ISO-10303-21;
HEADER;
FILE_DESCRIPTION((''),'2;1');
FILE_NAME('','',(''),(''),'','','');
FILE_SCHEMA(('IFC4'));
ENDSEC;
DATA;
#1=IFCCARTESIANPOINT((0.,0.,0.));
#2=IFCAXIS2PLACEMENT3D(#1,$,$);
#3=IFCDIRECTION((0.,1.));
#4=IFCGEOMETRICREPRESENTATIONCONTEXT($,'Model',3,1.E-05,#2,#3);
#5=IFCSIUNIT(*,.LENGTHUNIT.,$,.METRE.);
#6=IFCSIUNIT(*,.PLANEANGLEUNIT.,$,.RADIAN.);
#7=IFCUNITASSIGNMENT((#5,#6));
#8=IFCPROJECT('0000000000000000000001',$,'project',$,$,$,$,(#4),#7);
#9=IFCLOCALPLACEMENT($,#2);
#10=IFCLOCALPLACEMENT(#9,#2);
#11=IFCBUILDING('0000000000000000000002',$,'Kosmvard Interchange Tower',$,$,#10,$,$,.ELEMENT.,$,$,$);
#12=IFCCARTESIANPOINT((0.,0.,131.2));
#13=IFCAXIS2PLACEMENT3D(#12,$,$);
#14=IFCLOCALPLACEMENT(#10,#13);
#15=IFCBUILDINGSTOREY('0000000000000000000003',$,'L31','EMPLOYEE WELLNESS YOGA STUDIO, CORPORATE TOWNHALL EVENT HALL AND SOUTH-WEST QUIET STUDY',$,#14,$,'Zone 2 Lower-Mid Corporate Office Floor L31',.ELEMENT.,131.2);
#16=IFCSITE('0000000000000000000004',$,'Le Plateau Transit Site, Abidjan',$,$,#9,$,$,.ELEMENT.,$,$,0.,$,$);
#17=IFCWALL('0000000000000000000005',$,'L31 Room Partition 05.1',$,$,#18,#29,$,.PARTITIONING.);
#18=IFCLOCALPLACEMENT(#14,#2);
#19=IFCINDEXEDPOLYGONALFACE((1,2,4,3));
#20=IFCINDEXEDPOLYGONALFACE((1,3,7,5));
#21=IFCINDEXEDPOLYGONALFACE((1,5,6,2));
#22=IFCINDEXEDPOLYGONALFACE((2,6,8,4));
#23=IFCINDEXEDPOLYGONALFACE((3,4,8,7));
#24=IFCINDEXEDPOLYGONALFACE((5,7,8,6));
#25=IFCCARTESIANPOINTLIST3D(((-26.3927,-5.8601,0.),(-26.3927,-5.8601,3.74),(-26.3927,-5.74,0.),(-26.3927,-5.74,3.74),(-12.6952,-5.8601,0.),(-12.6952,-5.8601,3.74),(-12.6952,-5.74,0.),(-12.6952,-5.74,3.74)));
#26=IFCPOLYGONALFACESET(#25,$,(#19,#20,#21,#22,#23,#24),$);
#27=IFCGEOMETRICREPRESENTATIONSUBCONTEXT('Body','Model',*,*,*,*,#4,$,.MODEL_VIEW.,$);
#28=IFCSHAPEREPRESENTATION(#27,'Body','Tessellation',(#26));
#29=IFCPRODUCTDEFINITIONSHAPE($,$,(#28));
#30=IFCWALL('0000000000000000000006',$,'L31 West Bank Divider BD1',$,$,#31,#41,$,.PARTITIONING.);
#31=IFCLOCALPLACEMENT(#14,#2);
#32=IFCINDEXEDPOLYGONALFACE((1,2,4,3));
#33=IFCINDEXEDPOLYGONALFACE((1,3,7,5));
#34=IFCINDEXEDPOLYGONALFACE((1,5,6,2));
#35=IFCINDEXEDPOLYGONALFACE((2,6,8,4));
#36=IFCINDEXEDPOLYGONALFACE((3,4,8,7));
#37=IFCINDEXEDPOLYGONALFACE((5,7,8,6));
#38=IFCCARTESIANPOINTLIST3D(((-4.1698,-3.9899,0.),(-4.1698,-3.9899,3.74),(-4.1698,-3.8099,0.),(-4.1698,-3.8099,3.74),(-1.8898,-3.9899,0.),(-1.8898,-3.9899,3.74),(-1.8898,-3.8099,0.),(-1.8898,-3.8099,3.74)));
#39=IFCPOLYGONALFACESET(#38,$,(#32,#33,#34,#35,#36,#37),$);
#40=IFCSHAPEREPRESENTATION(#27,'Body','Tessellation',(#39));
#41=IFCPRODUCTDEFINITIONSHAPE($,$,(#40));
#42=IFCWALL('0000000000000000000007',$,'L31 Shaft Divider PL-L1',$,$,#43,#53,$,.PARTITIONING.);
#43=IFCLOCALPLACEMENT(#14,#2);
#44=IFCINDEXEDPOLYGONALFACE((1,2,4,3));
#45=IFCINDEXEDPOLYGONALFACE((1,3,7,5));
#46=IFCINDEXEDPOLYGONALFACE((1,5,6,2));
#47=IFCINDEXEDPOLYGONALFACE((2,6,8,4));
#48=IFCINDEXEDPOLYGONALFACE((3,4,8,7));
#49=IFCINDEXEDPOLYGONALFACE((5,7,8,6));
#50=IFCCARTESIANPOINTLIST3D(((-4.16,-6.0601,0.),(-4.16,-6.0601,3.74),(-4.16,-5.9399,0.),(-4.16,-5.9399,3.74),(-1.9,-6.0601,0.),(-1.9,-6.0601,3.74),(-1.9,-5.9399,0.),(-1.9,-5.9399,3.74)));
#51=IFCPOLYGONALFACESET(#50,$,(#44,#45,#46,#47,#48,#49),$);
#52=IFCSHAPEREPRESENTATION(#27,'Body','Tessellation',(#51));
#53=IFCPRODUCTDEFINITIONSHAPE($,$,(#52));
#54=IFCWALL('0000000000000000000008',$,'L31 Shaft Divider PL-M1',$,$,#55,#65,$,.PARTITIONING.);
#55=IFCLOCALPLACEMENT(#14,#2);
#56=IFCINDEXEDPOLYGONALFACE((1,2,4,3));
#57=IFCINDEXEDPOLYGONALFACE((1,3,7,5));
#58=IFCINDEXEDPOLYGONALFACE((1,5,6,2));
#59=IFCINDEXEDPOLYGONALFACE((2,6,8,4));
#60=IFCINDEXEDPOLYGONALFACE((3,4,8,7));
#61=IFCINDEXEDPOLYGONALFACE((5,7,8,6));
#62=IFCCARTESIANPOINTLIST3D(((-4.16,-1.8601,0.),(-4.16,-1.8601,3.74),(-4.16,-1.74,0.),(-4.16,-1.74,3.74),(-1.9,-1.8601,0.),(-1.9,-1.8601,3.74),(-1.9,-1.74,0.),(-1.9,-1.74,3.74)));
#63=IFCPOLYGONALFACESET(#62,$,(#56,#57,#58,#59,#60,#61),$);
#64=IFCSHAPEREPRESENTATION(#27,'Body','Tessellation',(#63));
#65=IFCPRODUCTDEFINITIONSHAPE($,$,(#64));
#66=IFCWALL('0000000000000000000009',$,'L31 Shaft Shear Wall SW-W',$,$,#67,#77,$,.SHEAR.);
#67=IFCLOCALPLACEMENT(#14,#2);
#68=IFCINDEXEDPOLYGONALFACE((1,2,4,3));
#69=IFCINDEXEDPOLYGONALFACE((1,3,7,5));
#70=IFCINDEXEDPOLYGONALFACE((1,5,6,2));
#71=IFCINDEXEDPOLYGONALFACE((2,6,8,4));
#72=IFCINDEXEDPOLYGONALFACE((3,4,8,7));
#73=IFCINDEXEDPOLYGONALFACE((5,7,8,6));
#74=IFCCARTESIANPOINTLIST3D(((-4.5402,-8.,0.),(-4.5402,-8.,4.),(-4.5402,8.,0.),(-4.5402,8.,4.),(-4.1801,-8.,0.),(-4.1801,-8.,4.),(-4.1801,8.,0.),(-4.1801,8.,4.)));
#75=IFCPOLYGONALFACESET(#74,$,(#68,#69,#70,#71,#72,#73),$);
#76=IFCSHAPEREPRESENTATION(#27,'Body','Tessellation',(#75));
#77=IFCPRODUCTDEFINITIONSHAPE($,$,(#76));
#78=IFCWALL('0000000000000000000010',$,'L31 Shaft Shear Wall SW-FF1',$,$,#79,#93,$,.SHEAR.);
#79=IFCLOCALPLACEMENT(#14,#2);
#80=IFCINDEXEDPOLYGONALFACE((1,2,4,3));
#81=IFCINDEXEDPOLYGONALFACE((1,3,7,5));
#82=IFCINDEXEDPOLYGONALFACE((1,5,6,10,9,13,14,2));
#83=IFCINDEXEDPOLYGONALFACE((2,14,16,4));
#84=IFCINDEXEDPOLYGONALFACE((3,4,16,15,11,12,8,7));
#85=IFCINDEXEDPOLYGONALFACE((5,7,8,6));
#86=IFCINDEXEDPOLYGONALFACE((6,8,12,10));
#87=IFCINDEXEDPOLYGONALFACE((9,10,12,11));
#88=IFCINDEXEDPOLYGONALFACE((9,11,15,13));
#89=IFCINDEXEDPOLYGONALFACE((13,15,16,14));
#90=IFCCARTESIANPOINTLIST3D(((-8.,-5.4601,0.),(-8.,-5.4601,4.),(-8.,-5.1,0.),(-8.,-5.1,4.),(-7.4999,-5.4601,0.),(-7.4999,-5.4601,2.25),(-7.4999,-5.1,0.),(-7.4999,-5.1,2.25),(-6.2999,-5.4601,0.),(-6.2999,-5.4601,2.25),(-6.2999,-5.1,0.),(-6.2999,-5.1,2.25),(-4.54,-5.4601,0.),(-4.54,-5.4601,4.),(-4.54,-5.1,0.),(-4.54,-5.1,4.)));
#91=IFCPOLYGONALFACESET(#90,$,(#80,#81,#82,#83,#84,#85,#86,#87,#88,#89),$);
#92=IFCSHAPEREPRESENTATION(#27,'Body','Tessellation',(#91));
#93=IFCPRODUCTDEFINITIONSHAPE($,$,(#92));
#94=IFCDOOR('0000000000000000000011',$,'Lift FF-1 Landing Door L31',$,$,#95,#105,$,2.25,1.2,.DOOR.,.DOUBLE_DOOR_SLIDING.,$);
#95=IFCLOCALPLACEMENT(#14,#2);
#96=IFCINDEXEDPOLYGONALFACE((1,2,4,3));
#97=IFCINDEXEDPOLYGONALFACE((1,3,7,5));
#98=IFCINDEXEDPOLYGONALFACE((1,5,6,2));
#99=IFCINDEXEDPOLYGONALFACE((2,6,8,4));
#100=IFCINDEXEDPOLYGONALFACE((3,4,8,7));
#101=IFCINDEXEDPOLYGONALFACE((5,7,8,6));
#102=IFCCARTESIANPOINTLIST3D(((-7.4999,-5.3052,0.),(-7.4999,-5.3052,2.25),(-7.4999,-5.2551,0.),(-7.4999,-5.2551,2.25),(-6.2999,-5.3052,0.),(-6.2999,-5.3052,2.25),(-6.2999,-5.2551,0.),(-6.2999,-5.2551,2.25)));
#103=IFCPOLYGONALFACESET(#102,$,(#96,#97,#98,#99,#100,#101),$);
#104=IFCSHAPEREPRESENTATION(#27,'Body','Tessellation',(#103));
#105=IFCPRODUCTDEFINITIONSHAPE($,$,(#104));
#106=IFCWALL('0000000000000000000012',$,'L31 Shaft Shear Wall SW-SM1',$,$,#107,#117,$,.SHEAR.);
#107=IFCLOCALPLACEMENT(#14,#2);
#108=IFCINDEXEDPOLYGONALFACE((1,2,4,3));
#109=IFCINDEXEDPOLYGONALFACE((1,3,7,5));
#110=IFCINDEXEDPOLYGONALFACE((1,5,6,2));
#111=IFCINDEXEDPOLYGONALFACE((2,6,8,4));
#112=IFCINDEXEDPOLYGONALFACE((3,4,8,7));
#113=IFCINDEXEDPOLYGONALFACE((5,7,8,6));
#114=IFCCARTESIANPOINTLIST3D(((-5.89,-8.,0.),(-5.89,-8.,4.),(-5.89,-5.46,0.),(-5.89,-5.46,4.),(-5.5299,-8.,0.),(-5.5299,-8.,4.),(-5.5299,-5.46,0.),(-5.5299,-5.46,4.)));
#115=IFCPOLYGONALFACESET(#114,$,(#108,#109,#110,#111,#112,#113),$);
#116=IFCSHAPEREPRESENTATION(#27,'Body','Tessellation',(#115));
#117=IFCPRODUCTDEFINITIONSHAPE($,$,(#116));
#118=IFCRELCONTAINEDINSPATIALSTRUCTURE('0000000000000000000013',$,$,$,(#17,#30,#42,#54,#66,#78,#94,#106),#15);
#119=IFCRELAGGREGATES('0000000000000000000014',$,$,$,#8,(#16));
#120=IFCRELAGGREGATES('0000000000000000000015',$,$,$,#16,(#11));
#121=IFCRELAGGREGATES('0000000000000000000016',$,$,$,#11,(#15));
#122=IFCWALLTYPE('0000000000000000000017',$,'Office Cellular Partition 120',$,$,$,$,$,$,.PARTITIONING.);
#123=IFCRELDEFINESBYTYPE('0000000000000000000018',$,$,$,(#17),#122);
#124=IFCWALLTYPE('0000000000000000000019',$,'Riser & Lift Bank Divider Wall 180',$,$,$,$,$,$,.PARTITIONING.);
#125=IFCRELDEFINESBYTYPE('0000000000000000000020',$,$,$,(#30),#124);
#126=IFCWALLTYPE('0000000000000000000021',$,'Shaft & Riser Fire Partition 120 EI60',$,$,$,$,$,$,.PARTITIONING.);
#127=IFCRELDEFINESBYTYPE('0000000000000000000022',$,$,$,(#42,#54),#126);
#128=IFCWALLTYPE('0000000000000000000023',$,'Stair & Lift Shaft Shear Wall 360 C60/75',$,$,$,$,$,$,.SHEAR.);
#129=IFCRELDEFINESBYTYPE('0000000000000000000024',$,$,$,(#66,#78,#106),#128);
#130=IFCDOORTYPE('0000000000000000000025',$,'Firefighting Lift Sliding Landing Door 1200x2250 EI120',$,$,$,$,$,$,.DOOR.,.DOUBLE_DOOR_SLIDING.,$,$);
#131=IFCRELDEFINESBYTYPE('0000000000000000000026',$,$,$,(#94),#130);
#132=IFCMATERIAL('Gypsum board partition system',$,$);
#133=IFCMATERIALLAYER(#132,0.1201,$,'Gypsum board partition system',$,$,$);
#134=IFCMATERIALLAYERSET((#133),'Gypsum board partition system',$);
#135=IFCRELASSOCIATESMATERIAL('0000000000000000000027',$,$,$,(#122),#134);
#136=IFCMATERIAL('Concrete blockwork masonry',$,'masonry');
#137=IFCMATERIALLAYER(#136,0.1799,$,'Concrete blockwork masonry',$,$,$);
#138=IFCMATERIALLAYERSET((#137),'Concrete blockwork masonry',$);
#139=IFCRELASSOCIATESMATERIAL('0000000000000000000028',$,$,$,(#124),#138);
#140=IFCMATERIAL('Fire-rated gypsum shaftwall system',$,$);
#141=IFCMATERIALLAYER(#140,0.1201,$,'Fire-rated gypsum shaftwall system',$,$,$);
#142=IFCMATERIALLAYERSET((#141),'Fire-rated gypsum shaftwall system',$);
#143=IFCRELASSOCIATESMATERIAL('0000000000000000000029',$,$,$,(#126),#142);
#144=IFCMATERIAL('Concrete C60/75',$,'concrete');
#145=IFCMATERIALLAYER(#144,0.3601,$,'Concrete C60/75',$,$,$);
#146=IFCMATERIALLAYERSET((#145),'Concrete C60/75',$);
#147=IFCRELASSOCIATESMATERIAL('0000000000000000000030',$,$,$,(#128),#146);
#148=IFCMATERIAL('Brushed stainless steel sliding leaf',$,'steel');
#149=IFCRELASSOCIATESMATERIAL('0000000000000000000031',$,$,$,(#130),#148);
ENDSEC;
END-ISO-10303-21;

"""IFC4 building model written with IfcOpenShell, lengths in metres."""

from ifc_helpers import new_model, si_unit, direction, frame, frame_2d, origin, place, context, subcontext, project, spatial, rectangle, extrude, source, transform, mapped, material, layer, layer_set, type_object, element, fill, save


model = new_model("IFC4")

# Units and contexts
model_context = context("Model", 3, precision=1e-05, world=origin(), true_north=direction((0.0, 1.0)))
body_context = subcontext(model_context, "Body", "Model", "MODEL_VIEW")
ifc_project = project(units=[si_unit("LENGTHUNIT", "METRE"), si_unit("PLANEANGLEUNIT", "RADIAN")], contexts=[model_context])

# Site, building, storey
site_placement = place(None, origin())
site = spatial("IfcSite", under=ifc_project, at=site_placement, Name="Le Plateau Transit Site, Abidjan", CompositionType="ELEMENT", RefElevation=0.0)
building_placement = place(site_placement, origin())
building = spatial("IfcBuilding", under=site, at=building_placement, Name="Kosmvard Interchange Tower", CompositionType="ELEMENT")
storey_placement = place(building_placement, frame((0.0, 0.0, 131.2)))
storey = spatial("IfcBuildingStorey", under=building, at=storey_placement, Name="L31", Description="EMPLOYEE WELLNESS YOGA STUDIO, CORPORATE TOWNHALL EVENT HALL AND SOUTH-WEST QUIET STUDY", LongName="Zone 2 Lower-Mid Corporate Office Floor L31", CompositionType="ELEMENT", Elevation=131.2)

# Shared definitions
ifc_material_1 = material(Name="Concrete C60/75", Category="concrete")

# Shared definitions
ifc_material_2 = material(Name="Brushed stainless steel sliding leaf", Category="steel")

# Walls
ifc_material_3 = material(Name="Gypsum board partition system")
ifc_layer_1 = layer(ifc_material_3, 0.1201, Name="Gypsum board partition system")
ifc_layer_set_1 = layer_set([ifc_layer_1], Name="Gypsum board partition system")
wall_type_1 = type_object("IfcWallType", Name="Office Cellular Partition 120", PredefinedType="PARTITIONING", material=ifc_layer_set_1)
wall_1_placement = place(storey_placement, frame((-26.3926, -5.8, 0.0), z_axis=(0.0, 0.0, 1.0), x_axis=(1.0, 0.0, 0.0)))
element("IfcWall", 1, at=wall_1_placement, inside=storey, type_object=wall_type_1, Name="L31 Room Partition 05.1", PredefinedType="PARTITIONING", context=body_context, shape_type="SweptSolid", body=[
    extrude(rectangle(XDim=13.6975, YDim=0.1201, at=frame_2d((6.8486, 0.0))), origin(), (0.0, 0.0, 1.0), 3.74),
])
ifc_material_4 = material(Name="Concrete blockwork masonry", Category="masonry")
ifc_layer_2 = layer(ifc_material_4, 0.1799, Name="Concrete blockwork masonry")
ifc_layer_set_2 = layer_set([ifc_layer_2], Name="Concrete blockwork masonry")
wall_type_2 = type_object("IfcWallType", Name="Riser & Lift Bank Divider Wall 180", PredefinedType="PARTITIONING", material=ifc_layer_set_2)
wall_2_placement = place(storey_placement, frame((-4.1699, -3.8999, 0.0), z_axis=(0.0, 0.0, 1.0), x_axis=(1.0, 0.0, 0.0)))
element("IfcWall", 2, at=wall_2_placement, inside=storey, type_object=wall_type_2, Name="L31 West Bank Divider BD1", PredefinedType="PARTITIONING", context=body_context, shape_type="SweptSolid", body=[
    extrude(rectangle(XDim=2.28, YDim=0.1799, at=frame_2d((1.1401, 0.0))), origin(), (0.0, 0.0, 1.0), 3.74),
])
ifc_material_5 = material(Name="Fire-rated gypsum shaftwall system")
ifc_layer_3 = layer(ifc_material_5, 0.1201, Name="Fire-rated gypsum shaftwall system")
ifc_layer_set_3 = layer_set([ifc_layer_3], Name="Fire-rated gypsum shaftwall system")
wall_type_3 = type_object("IfcWallType", Name="Shaft & Riser Fire Partition 120 EI60", PredefinedType="PARTITIONING", material=ifc_layer_set_3)
for number, where, z_axis, x_axis, name in (
    (3, (-4.1599, -6.0, 0.0), (0.0, 0.0, 1.0), (1.0, 0.0, 0.0), "L31 Shaft Divider PL-L1"),
    (4, (-4.1599, -1.8, 0.0), (0.0, 0.0, 1.0), (1.0, 0.0, 0.0), "L31 Shaft Divider PL-M1"),
):
    element("IfcWall", number, at=place(storey_placement, frame(where, z_axis=z_axis, x_axis=x_axis)), inside=storey, type_object=wall_type_3, Name=name, PredefinedType="PARTITIONING", context=body_context, shape_type="SweptSolid", body=[
        extrude(rectangle(XDim=2.26, YDim=0.1201, at=frame_2d((1.1299, 0.0))), origin(), (0.0, 0.0, 1.0), 3.74),
    ])
ifc_layer_4 = layer(ifc_material_1, 0.3601, Name="Concrete C60/75")
ifc_layer_set_4 = layer_set([ifc_layer_4], Name="Concrete C60/75")
wall_type_4 = type_object("IfcWallType", Name="Stair & Lift Shaft Shear Wall 360 C60/75", PredefinedType="SHEAR", material=ifc_layer_set_4)
wall_3_placement = place(storey_placement, frame((-4.3601, -8.0, 0.0), z_axis=(0.0, 0.0, 1.0), x_axis=(0.0, 1.0, 0.0)))
element("IfcWall", 5, at=wall_3_placement, inside=storey, type_object=wall_type_4, Name="L31 Shaft Shear Wall SW-W", PredefinedType="SHEAR", context=body_context, shape_type="SweptSolid", body=[
    extrude(rectangle(XDim=16.0, YDim=0.3601, at=frame_2d((8.0, 0.0))), origin(), (0.0, 0.0, 1.0), 4.0),
])

# Wall, opening, door
wall_4_placement = place(storey_placement, frame((-8.0, -5.28, 0.0), z_axis=(0.0, 0.0, 1.0), x_axis=(1.0, 0.0, 0.0)))
wall_4 = element("IfcWall", 6, at=wall_4_placement, inside=storey, type_object=wall_type_4, Name="L31 Shaft Shear Wall SW-FF1", PredefinedType="SHEAR", context=body_context, shape_type="SweptSolid", body=[
    extrude(rectangle(XDim=3.46, YDim=0.3601, at=frame_2d((1.73, 0.0))), origin(), (0.0, 0.0, 1.0), 4.0),
])
opening_1_placement = place(wall_4_placement, frame((0.5, 0.0, 0.0)))
opening_1 = element("IfcOpeningElement", 7, at=opening_1_placement, cuts=wall_4, PredefinedType="OPENING", context=body_context, shape_type="SweptSolid", body=[
    extrude(rectangle(XDim=1.2, YDim=2.25, at=frame_2d((0.6001, 1.125))), frame((0.0, 0.1899, 0.0), z_axis=(0.0, -1.0, 0.0), x_axis=(1.0, 0.0, 0.0)), (0.0, 0.0, 1.0), 0.3801),
])
door_type_1 = type_object("IfcDoorType", Name="Firefighting Lift Sliding Landing Door 1200x2250 EI120", OperationType="DOUBLE_DOOR_SLIDING", PredefinedType="DOOR", material=ifc_material_2)
shared_shape_1 = source(origin(), body_context, "Body", "SweptSolid", [
    extrude(rectangle(XDim=1.2, YDim=2.25, at=frame_2d((0.6001, 1.125))), frame((0.0, 0.0249, 0.0), z_axis=(0.0, -1.0, 0.0), x_axis=(1.0, 0.0, 0.0)), (0.0, 0.0, 1.0), 0.05),
])
door_1_placement = place(opening_1_placement, origin())
door_1 = element("IfcDoor", 8, at=door_1_placement, inside=storey, type_object=door_type_1, Name="Lift FF-1 Landing Door L31", OperationType="DOUBLE_DOOR_SLIDING", OverallHeight=2.25, OverallWidth=1.2, PredefinedType="DOOR", context=body_context, shape_type="MappedRepresentation", body=[
    mapped(shared_shape_1, transform((0.0, 0.0, 0.0), scale=1.0)),
])
fill(opening_1, door_1)

# Wall
wall_5_placement = place(storey_placement, frame((-5.71, -8.0, 0.0), z_axis=(0.0, 0.0, 1.0), x_axis=(0.0, 1.0, 0.0)))
element("IfcWall", 9, at=wall_5_placement, inside=storey, type_object=wall_type_4, Name="L31 Shaft Shear Wall SW-SM1", PredefinedType="SHEAR", context=body_context, shape_type="SweptSolid", body=[
    extrude(rectangle(XDim=2.54, YDim=0.3601, at=frame_2d((1.27, 0.0))), origin(), (0.0, 0.0, 1.0), 4.0),
])

save(model, "model.ifc")
